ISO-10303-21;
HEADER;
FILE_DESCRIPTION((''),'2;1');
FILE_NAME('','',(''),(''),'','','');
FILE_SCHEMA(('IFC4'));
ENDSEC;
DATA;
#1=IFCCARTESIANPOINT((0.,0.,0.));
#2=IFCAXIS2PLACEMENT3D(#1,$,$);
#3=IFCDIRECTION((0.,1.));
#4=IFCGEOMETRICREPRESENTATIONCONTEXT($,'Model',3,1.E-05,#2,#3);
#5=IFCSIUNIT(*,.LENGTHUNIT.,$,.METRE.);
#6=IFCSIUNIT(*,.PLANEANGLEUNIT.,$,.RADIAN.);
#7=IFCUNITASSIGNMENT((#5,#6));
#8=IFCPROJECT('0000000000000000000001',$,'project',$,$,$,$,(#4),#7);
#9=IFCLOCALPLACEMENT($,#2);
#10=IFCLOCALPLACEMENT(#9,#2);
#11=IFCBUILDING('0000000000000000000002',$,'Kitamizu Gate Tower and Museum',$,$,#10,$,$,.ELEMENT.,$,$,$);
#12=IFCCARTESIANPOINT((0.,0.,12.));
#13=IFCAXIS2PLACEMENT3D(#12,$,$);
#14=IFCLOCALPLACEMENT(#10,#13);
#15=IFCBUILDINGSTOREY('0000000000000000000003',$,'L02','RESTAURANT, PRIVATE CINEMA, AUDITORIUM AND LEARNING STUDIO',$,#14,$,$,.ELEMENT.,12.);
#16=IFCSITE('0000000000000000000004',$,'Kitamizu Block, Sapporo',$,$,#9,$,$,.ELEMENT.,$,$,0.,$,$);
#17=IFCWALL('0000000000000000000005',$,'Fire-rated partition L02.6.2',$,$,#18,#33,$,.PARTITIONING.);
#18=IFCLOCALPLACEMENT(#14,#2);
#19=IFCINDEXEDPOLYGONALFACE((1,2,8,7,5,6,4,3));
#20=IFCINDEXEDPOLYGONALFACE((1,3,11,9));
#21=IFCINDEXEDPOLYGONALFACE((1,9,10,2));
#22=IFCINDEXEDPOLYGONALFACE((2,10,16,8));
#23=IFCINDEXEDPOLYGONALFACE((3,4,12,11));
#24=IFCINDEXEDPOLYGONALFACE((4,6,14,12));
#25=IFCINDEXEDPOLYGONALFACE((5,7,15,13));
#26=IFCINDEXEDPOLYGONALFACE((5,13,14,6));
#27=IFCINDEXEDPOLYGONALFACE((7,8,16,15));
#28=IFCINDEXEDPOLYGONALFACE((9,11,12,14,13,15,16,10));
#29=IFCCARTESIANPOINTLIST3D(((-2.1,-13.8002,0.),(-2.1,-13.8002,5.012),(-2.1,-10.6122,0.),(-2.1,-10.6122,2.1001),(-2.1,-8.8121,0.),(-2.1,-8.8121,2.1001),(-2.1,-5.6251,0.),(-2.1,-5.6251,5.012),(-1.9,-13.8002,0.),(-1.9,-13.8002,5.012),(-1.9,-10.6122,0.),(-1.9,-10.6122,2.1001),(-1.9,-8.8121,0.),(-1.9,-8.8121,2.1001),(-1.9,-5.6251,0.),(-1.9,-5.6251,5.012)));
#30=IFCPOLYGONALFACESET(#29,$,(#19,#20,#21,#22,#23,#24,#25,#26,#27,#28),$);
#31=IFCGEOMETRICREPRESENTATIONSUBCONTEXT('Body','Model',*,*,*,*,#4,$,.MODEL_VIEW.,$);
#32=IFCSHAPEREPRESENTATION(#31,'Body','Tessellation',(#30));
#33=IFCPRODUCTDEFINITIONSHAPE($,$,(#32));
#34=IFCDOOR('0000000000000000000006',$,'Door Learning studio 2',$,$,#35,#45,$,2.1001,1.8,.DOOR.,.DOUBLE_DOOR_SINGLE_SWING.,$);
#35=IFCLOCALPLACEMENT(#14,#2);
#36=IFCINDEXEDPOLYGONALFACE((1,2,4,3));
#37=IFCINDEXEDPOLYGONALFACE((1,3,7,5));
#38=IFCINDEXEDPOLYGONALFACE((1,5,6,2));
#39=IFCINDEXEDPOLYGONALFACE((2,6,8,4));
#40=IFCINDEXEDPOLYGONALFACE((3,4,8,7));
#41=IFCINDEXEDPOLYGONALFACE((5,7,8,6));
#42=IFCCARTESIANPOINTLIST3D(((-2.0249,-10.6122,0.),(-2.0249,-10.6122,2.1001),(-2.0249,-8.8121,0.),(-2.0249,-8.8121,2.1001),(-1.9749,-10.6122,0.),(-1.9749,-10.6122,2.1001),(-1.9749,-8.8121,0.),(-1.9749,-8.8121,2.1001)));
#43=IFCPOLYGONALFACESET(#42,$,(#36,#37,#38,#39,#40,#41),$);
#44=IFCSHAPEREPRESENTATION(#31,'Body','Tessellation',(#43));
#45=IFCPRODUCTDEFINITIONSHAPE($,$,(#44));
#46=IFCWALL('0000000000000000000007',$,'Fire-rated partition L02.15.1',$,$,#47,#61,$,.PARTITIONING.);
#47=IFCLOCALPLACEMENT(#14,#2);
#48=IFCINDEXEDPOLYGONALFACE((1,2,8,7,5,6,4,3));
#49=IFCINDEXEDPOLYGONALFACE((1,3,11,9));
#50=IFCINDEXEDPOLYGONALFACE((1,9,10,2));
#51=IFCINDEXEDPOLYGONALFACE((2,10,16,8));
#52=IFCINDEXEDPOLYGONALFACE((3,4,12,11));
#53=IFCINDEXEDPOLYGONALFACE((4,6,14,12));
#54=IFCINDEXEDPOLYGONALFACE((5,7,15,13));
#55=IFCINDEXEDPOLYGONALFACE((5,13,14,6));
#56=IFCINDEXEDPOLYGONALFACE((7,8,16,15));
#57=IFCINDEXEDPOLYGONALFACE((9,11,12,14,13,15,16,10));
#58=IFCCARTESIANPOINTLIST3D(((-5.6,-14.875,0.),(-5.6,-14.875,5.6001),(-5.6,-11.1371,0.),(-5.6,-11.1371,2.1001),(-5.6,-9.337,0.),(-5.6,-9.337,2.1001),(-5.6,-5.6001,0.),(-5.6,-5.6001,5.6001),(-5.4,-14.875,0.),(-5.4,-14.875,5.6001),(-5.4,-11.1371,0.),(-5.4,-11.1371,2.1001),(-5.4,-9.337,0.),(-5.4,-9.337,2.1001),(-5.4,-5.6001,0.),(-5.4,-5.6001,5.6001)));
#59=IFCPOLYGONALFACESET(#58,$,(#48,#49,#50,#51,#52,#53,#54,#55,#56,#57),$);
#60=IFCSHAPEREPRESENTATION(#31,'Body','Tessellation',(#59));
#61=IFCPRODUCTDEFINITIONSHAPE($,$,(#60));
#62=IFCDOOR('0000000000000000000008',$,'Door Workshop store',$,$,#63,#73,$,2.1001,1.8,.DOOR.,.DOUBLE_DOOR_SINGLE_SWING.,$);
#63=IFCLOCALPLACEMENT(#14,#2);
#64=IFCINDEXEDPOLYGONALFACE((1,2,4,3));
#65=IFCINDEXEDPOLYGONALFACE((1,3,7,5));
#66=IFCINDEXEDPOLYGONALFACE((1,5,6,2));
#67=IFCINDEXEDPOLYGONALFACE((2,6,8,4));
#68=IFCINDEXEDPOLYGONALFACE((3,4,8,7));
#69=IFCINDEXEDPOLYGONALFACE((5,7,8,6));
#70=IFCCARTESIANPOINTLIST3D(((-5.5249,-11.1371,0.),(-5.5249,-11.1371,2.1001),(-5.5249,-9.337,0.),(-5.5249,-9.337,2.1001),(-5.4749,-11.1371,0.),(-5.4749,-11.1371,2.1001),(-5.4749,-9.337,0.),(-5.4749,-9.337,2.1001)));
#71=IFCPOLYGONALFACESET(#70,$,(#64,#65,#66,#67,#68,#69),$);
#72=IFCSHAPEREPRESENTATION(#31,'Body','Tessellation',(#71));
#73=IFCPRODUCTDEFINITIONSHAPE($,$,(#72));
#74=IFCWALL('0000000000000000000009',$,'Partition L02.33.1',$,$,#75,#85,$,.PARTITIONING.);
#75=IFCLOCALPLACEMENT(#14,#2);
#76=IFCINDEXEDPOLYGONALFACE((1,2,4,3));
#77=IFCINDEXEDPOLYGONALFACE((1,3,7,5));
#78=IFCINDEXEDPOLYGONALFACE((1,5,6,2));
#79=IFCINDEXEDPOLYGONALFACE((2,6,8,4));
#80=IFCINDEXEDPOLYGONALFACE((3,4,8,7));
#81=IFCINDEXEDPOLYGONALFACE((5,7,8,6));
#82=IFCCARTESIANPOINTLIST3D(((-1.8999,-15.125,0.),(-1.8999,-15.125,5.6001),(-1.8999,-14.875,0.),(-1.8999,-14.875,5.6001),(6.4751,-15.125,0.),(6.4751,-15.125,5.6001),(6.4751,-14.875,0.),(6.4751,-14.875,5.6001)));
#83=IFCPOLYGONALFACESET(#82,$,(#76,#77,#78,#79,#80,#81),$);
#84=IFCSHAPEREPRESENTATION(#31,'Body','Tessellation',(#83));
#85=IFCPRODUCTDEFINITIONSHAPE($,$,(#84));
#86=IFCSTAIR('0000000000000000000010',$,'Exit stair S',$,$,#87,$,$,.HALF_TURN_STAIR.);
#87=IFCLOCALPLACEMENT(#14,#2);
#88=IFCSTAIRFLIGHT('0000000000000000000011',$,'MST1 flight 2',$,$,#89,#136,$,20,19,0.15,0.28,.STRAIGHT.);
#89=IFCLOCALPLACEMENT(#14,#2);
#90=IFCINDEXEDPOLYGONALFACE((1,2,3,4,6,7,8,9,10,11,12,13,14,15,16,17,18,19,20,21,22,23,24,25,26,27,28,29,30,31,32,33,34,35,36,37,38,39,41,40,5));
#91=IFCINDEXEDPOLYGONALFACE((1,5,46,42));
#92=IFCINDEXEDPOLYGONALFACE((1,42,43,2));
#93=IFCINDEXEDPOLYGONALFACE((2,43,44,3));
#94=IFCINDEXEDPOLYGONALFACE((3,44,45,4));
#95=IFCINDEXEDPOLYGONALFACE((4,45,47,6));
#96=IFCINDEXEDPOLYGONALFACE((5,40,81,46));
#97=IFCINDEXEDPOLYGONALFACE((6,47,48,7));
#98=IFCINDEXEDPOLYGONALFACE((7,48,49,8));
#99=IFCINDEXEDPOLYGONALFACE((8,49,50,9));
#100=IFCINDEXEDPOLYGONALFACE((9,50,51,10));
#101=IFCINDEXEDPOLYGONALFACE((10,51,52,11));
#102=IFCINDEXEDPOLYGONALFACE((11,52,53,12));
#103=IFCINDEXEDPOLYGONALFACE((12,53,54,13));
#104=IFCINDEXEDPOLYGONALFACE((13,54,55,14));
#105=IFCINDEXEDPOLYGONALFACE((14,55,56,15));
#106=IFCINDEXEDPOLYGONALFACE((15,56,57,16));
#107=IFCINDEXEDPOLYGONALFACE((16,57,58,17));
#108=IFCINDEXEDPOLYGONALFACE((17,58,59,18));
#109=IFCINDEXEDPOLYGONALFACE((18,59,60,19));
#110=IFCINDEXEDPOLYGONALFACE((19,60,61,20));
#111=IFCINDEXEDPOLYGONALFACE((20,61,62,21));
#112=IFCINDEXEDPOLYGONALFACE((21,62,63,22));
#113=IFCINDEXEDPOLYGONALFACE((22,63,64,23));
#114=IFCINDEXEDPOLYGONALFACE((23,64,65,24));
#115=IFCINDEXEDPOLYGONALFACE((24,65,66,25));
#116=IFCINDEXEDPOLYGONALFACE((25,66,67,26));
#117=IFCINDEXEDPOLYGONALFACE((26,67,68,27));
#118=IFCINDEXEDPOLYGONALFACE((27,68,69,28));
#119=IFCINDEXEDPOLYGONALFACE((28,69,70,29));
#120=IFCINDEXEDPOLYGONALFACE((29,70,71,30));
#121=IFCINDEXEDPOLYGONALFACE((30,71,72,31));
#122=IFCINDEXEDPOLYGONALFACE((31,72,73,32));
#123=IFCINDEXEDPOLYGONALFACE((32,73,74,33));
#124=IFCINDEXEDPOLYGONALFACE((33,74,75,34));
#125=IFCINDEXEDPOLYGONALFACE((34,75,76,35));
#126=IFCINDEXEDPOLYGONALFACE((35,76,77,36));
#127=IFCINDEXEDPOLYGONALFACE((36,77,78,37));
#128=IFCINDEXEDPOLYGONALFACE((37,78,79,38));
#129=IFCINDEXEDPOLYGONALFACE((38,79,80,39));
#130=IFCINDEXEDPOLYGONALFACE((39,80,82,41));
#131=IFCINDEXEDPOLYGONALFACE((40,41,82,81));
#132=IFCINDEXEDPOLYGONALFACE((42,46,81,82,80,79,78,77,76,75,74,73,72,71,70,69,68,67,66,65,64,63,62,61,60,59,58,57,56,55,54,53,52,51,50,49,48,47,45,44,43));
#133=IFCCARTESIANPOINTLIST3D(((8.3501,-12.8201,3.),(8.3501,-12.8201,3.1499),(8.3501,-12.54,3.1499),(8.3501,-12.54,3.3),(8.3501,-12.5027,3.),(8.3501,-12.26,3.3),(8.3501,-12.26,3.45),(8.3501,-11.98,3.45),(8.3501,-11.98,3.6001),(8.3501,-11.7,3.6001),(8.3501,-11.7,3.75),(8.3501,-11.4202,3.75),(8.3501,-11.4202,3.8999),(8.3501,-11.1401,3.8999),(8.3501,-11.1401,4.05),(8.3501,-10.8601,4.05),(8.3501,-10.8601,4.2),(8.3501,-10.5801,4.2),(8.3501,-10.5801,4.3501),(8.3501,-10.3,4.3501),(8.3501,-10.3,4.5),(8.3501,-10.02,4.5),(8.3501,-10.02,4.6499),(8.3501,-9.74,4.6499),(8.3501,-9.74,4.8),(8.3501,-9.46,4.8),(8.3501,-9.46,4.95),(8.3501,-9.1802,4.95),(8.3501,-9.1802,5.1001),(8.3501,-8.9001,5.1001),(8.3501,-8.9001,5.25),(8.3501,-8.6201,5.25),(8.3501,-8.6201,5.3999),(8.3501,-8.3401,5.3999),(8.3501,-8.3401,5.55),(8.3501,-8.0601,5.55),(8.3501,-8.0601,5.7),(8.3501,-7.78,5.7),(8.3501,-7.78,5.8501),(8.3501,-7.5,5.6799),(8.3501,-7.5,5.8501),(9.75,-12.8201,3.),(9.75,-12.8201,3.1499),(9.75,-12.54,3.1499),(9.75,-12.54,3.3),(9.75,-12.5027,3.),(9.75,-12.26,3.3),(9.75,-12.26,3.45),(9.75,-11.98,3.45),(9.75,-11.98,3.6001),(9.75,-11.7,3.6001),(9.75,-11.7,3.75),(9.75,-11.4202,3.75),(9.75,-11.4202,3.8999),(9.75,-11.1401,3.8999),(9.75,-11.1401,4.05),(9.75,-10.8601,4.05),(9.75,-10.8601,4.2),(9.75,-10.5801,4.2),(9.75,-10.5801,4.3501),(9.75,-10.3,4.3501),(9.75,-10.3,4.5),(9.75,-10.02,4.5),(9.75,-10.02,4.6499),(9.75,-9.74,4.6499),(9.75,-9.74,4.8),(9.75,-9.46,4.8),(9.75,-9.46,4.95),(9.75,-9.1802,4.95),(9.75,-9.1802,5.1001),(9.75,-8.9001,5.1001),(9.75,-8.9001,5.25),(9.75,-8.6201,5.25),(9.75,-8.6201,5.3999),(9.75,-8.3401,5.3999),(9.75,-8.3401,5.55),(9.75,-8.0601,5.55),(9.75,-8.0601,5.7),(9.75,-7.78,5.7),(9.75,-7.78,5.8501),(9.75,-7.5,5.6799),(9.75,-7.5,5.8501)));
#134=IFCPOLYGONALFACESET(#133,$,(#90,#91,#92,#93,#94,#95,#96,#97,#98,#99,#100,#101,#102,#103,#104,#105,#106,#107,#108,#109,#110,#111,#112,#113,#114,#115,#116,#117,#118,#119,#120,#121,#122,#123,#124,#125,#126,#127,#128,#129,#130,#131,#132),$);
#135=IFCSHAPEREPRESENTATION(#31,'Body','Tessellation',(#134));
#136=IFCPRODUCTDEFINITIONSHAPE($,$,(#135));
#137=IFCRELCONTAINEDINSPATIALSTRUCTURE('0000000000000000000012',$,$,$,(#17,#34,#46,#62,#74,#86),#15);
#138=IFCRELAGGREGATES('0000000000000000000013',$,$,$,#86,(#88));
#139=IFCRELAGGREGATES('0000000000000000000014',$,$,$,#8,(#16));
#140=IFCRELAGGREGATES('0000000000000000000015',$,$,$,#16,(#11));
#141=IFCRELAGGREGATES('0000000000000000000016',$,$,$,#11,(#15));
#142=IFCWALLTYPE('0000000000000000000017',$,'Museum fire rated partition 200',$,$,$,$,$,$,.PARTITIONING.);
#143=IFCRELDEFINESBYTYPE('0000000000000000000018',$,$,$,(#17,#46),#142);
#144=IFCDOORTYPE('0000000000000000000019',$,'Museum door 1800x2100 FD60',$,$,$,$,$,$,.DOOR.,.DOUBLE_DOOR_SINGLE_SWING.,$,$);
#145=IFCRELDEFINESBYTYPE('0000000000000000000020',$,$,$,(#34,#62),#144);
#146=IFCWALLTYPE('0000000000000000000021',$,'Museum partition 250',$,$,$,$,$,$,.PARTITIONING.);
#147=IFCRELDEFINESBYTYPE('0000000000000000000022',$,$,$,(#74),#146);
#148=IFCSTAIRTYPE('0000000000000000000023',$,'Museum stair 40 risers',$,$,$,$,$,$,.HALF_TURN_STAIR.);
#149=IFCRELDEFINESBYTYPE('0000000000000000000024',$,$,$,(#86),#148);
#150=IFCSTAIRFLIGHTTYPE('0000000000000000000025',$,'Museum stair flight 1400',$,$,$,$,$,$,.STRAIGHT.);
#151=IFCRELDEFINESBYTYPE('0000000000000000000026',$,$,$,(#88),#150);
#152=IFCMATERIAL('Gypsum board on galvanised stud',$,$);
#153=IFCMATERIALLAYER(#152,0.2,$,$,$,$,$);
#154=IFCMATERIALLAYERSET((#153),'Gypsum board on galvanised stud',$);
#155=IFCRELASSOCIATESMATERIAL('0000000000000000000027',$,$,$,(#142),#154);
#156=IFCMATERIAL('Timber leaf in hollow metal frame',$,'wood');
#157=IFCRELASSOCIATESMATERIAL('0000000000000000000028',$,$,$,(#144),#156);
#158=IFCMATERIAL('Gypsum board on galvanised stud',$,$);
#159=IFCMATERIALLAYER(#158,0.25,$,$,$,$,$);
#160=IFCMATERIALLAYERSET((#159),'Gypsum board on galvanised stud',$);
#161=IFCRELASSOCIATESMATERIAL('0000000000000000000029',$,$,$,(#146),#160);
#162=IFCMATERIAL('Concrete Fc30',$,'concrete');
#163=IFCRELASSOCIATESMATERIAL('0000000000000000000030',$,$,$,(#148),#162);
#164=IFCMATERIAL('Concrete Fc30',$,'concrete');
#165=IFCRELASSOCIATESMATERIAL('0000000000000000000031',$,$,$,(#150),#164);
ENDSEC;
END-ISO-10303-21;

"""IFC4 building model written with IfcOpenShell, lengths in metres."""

from ifc_helpers import new_model, si_unit, direction, frame, frame_2d, origin, place, context, subcontext, project, spatial, polyline, rectangle, outline, extrude, material, layer, layer_set, type_object, element, fill, aggregate, save


model = new_model("IFC4")

# Units and contexts
model_context = context("Model", 3, precision=1e-05, world=origin(), true_north=direction((0.0, 1.0)))
body_context = subcontext(model_context, "Body", "Model", "MODEL_VIEW")
ifc_project = project(units=[si_unit("LENGTHUNIT", "METRE"), si_unit("PLANEANGLEUNIT", "RADIAN")], contexts=[model_context])

# Site, building, storey
site_placement = place(None, origin())
site = spatial("IfcSite", under=ifc_project, at=site_placement, Name="Kitamizu Block, Sapporo", CompositionType="ELEMENT", RefElevation=0.0)
building_placement = place(site_placement, origin())
building = spatial("IfcBuilding", under=site, at=building_placement, Name="Kitamizu Gate Tower and Museum", CompositionType="ELEMENT")
storey_placement = place(building_placement, frame((0.0, 0.0, 12.0)))
storey = spatial("IfcBuildingStorey", under=building, at=storey_placement, Name="L02", Description="RESTAURANT, PRIVATE CINEMA, AUDITORIUM AND LEARNING STUDIO", CompositionType="ELEMENT", Elevation=12.0)

# Shared definitions
ifc_material_1 = material(Name="Gypsum board on galvanised stud")
ifc_layer_1 = layer(ifc_material_1, 0.2)
ifc_layer_set_1 = layer_set([ifc_layer_1], Name="Gypsum board on galvanised stud")
wall_type_1 = type_object("IfcWallType", Name="Museum fire rated partition 200", PredefinedType="PARTITIONING", material=ifc_layer_set_1)

# Walls, openings, doors
wall_1_placement = place(storey_placement, frame((-2.0, -13.8, 0.0), z_axis=(0.0, 0.0, 1.0), x_axis=(0.0, 1.0, 0.0)))
wall_1 = element("IfcWall", 1, at=wall_1_placement, inside=storey, type_object=wall_type_1, Name="Fire-rated partition L02.6.2", PredefinedType="PARTITIONING", context=body_context, shape_type="SweptSolid", body=[
    extrude(rectangle(XDim=8.175, YDim=0.2, at=frame_2d((4.0874, 0.0))), origin(), (0.0, 0.0, 1.0), 5.012),
])
opening_1_placement = place(wall_1_placement, frame((3.188, 0.0, 0.0)))
opening_1 = element("IfcOpeningElement", 2, at=opening_1_placement, cuts=wall_1, PredefinedType="OPENING", context=body_context, shape_type="SweptSolid", body=[
    extrude(rectangle(XDim=1.8, YDim=2.1001, at=frame_2d((0.8999, 1.05))), frame((0.0, 0.1099, 0.0), z_axis=(0.0, -1.0, 0.0), x_axis=(1.0, 0.0, 0.0)), (0.0, 0.0, 1.0), 0.22),
])
ifc_material_2 = material(Name="Timber leaf in hollow metal frame", Category="wood")
door_type = type_object("IfcDoorType", Name="Museum door 1800x2100 FD60", OperationType="DOUBLE_DOOR_SINGLE_SWING", PredefinedType="DOOR", material=ifc_material_2)
door_1_placement = place(opening_1_placement, origin())
door_1 = element("IfcDoor", 3, at=door_1_placement, inside=storey, type_object=door_type, Name="Door Learning studio 2", OperationType="DOUBLE_DOOR_SINGLE_SWING", OverallHeight=2.1001, OverallWidth=1.8, PredefinedType="DOOR", context=body_context, shape_type="SweptSolid", body=[
    extrude(rectangle(XDim=1.8, YDim=2.1001, at=frame_2d((0.8999, 1.05))), frame((0.0, 0.0249, 0.0), z_axis=(0.0, -1.0, 0.0), x_axis=(1.0, 0.0, 0.0)), (0.0, 0.0, 1.0), 0.05),
])
fill(opening_1, door_1)
wall_2_placement = place(storey_placement, frame((-5.5, -14.875, 0.0), z_axis=(0.0, 0.0, 1.0), x_axis=(0.0, 1.0, 0.0)))
wall_2 = element("IfcWall", 4, at=wall_2_placement, inside=storey, type_object=wall_type_1, Name="Fire-rated partition L02.15.1", PredefinedType="PARTITIONING", context=body_context, shape_type="SweptSolid", body=[
    extrude(rectangle(XDim=9.2749, YDim=0.2, at=frame_2d((4.6375, 0.0))), origin(), (0.0, 0.0, 1.0), 5.6001),
])
opening_2_placement = place(wall_2_placement, frame((3.738, 0.0, 0.0)))
opening_2 = element("IfcOpeningElement", 5, at=opening_2_placement, cuts=wall_2, PredefinedType="OPENING", context=body_context, shape_type="SweptSolid", body=[
    extrude(rectangle(XDim=1.8, YDim=2.1001, at=frame_2d((0.8999, 1.05))), frame((0.0, 0.1099, 0.0), z_axis=(0.0, -1.0, 0.0), x_axis=(1.0, 0.0, 0.0)), (0.0, 0.0, 1.0), 0.22),
])
door_2_placement = place(opening_2_placement, origin())
door_2 = element("IfcDoor", 6, at=door_2_placement, inside=storey, type_object=door_type, Name="Door Workshop store", OperationType="DOUBLE_DOOR_SINGLE_SWING", OverallHeight=2.1001, OverallWidth=1.8, PredefinedType="DOOR", context=body_context, shape_type="SweptSolid", body=[
    extrude(rectangle(XDim=1.8, YDim=2.1001, at=frame_2d((0.8999, 1.05))), frame((0.0, 0.0249, 0.0), z_axis=(0.0, -1.0, 0.0), x_axis=(1.0, 0.0, 0.0)), (0.0, 0.0, 1.0), 0.05),
])
fill(opening_2, door_2)

# Wall
ifc_material_3 = material(Name="Gypsum board on galvanised stud")
ifc_layer_2 = layer(ifc_material_3, 0.25)
ifc_layer_set_2 = layer_set([ifc_layer_2], Name="Gypsum board on galvanised stud")
wall_type_2 = type_object("IfcWallType", Name="Museum partition 250", PredefinedType="PARTITIONING", material=ifc_layer_set_2)
wall_3_placement = place(storey_placement, frame((-1.8999, -15.0, 0.0), z_axis=(0.0, 0.0, 1.0), x_axis=(1.0, 0.0, 0.0)))
element("IfcWall", 7, at=wall_3_placement, inside=storey, type_object=wall_type_2, Name="Partition L02.33.1", PredefinedType="PARTITIONING", context=body_context, shape_type="SweptSolid", body=[
    extrude(rectangle(XDim=8.375, YDim=0.25, at=frame_2d((4.1875, 0.0))), origin(), (0.0, 0.0, 1.0), 5.6001),
])

# Stair, stair flight
ifc_material_4 = material(Name="Concrete Fc30", Category="concrete")
stair_type = type_object("IfcStairType", Name="Museum stair 40 risers", PredefinedType="HALF_TURN_STAIR", material=ifc_material_4)
stair_placement = place(storey_placement, origin())
stair = element("IfcStair", 8, at=stair_placement, inside=storey, type_object=stair_type, Name="Exit stair S", PredefinedType="HALF_TURN_STAIR")
ifc_material_5 = material(Name="Concrete Fc30", Category="concrete")
stair_flight_type = type_object("IfcStairFlightType", Name="Museum stair flight 1400", PredefinedType="STRAIGHT", material=ifc_material_5)
stair_flight_placement = place(storey_placement, frame((9.05, -12.8201, 3.0), z_axis=(0.0, 0.0, 1.0), x_axis=(0.0, 1.0, 0.0)))
stair_flight = element("IfcStairFlight", 9, at=stair_flight_placement, type_object=stair_flight_type, Name="MST1 flight 2", NumberOfRisers=20, NumberOfTreads=19, PredefinedType="STRAIGHT", RiserHeight=0.15, TreadLength=0.28, context=body_context, shape_type="SweptSolid", body=[
    extrude(outline(polyline([(0.0, 0.0), (0.0, 0.1499), (0.28, 0.1499), (0.28, 0.3), (0.5601, 0.3), (0.5601, 0.45), (0.8401, 0.45), (0.8401, 0.6001), (1.1201, 0.6001), (1.1201, 0.75), (1.3999, 0.75), (1.3999, 0.8999), (1.6799, 0.8999), (1.6799, 1.05), (1.96, 1.05), (1.96, 1.2), (2.24, 1.2), (2.24, 1.3501), (2.52, 1.3501), (2.52, 1.5), (2.8, 1.5), (2.8, 1.6499), (3.0801, 1.6499), (3.0801, 1.8), (3.3601, 1.8), (3.3601, 1.95), (3.6399, 1.95), (3.6399, 2.1001), (3.9199, 2.1001), (3.9199, 2.25), (4.2, 2.25), (4.2, 2.3999), (4.48, 2.3999), (4.48, 2.55), (4.76, 2.55), (4.76, 2.7), (5.04, 2.7), (5.04, 2.8501), (5.3201, 2.8501), (5.3201, 3.0), (5.3201, 2.6799), (0.3174, 0.0), (0.0, 0.0)])), frame((0.0, 0.7, 0.0), z_axis=(0.0, -1.0, 0.0), x_axis=(1.0, 0.0, 0.0)), (0.0, 0.0, 1.0), 1.3999),
])
aggregate(stair, [stair_flight])

save(model, "model.ifc")
